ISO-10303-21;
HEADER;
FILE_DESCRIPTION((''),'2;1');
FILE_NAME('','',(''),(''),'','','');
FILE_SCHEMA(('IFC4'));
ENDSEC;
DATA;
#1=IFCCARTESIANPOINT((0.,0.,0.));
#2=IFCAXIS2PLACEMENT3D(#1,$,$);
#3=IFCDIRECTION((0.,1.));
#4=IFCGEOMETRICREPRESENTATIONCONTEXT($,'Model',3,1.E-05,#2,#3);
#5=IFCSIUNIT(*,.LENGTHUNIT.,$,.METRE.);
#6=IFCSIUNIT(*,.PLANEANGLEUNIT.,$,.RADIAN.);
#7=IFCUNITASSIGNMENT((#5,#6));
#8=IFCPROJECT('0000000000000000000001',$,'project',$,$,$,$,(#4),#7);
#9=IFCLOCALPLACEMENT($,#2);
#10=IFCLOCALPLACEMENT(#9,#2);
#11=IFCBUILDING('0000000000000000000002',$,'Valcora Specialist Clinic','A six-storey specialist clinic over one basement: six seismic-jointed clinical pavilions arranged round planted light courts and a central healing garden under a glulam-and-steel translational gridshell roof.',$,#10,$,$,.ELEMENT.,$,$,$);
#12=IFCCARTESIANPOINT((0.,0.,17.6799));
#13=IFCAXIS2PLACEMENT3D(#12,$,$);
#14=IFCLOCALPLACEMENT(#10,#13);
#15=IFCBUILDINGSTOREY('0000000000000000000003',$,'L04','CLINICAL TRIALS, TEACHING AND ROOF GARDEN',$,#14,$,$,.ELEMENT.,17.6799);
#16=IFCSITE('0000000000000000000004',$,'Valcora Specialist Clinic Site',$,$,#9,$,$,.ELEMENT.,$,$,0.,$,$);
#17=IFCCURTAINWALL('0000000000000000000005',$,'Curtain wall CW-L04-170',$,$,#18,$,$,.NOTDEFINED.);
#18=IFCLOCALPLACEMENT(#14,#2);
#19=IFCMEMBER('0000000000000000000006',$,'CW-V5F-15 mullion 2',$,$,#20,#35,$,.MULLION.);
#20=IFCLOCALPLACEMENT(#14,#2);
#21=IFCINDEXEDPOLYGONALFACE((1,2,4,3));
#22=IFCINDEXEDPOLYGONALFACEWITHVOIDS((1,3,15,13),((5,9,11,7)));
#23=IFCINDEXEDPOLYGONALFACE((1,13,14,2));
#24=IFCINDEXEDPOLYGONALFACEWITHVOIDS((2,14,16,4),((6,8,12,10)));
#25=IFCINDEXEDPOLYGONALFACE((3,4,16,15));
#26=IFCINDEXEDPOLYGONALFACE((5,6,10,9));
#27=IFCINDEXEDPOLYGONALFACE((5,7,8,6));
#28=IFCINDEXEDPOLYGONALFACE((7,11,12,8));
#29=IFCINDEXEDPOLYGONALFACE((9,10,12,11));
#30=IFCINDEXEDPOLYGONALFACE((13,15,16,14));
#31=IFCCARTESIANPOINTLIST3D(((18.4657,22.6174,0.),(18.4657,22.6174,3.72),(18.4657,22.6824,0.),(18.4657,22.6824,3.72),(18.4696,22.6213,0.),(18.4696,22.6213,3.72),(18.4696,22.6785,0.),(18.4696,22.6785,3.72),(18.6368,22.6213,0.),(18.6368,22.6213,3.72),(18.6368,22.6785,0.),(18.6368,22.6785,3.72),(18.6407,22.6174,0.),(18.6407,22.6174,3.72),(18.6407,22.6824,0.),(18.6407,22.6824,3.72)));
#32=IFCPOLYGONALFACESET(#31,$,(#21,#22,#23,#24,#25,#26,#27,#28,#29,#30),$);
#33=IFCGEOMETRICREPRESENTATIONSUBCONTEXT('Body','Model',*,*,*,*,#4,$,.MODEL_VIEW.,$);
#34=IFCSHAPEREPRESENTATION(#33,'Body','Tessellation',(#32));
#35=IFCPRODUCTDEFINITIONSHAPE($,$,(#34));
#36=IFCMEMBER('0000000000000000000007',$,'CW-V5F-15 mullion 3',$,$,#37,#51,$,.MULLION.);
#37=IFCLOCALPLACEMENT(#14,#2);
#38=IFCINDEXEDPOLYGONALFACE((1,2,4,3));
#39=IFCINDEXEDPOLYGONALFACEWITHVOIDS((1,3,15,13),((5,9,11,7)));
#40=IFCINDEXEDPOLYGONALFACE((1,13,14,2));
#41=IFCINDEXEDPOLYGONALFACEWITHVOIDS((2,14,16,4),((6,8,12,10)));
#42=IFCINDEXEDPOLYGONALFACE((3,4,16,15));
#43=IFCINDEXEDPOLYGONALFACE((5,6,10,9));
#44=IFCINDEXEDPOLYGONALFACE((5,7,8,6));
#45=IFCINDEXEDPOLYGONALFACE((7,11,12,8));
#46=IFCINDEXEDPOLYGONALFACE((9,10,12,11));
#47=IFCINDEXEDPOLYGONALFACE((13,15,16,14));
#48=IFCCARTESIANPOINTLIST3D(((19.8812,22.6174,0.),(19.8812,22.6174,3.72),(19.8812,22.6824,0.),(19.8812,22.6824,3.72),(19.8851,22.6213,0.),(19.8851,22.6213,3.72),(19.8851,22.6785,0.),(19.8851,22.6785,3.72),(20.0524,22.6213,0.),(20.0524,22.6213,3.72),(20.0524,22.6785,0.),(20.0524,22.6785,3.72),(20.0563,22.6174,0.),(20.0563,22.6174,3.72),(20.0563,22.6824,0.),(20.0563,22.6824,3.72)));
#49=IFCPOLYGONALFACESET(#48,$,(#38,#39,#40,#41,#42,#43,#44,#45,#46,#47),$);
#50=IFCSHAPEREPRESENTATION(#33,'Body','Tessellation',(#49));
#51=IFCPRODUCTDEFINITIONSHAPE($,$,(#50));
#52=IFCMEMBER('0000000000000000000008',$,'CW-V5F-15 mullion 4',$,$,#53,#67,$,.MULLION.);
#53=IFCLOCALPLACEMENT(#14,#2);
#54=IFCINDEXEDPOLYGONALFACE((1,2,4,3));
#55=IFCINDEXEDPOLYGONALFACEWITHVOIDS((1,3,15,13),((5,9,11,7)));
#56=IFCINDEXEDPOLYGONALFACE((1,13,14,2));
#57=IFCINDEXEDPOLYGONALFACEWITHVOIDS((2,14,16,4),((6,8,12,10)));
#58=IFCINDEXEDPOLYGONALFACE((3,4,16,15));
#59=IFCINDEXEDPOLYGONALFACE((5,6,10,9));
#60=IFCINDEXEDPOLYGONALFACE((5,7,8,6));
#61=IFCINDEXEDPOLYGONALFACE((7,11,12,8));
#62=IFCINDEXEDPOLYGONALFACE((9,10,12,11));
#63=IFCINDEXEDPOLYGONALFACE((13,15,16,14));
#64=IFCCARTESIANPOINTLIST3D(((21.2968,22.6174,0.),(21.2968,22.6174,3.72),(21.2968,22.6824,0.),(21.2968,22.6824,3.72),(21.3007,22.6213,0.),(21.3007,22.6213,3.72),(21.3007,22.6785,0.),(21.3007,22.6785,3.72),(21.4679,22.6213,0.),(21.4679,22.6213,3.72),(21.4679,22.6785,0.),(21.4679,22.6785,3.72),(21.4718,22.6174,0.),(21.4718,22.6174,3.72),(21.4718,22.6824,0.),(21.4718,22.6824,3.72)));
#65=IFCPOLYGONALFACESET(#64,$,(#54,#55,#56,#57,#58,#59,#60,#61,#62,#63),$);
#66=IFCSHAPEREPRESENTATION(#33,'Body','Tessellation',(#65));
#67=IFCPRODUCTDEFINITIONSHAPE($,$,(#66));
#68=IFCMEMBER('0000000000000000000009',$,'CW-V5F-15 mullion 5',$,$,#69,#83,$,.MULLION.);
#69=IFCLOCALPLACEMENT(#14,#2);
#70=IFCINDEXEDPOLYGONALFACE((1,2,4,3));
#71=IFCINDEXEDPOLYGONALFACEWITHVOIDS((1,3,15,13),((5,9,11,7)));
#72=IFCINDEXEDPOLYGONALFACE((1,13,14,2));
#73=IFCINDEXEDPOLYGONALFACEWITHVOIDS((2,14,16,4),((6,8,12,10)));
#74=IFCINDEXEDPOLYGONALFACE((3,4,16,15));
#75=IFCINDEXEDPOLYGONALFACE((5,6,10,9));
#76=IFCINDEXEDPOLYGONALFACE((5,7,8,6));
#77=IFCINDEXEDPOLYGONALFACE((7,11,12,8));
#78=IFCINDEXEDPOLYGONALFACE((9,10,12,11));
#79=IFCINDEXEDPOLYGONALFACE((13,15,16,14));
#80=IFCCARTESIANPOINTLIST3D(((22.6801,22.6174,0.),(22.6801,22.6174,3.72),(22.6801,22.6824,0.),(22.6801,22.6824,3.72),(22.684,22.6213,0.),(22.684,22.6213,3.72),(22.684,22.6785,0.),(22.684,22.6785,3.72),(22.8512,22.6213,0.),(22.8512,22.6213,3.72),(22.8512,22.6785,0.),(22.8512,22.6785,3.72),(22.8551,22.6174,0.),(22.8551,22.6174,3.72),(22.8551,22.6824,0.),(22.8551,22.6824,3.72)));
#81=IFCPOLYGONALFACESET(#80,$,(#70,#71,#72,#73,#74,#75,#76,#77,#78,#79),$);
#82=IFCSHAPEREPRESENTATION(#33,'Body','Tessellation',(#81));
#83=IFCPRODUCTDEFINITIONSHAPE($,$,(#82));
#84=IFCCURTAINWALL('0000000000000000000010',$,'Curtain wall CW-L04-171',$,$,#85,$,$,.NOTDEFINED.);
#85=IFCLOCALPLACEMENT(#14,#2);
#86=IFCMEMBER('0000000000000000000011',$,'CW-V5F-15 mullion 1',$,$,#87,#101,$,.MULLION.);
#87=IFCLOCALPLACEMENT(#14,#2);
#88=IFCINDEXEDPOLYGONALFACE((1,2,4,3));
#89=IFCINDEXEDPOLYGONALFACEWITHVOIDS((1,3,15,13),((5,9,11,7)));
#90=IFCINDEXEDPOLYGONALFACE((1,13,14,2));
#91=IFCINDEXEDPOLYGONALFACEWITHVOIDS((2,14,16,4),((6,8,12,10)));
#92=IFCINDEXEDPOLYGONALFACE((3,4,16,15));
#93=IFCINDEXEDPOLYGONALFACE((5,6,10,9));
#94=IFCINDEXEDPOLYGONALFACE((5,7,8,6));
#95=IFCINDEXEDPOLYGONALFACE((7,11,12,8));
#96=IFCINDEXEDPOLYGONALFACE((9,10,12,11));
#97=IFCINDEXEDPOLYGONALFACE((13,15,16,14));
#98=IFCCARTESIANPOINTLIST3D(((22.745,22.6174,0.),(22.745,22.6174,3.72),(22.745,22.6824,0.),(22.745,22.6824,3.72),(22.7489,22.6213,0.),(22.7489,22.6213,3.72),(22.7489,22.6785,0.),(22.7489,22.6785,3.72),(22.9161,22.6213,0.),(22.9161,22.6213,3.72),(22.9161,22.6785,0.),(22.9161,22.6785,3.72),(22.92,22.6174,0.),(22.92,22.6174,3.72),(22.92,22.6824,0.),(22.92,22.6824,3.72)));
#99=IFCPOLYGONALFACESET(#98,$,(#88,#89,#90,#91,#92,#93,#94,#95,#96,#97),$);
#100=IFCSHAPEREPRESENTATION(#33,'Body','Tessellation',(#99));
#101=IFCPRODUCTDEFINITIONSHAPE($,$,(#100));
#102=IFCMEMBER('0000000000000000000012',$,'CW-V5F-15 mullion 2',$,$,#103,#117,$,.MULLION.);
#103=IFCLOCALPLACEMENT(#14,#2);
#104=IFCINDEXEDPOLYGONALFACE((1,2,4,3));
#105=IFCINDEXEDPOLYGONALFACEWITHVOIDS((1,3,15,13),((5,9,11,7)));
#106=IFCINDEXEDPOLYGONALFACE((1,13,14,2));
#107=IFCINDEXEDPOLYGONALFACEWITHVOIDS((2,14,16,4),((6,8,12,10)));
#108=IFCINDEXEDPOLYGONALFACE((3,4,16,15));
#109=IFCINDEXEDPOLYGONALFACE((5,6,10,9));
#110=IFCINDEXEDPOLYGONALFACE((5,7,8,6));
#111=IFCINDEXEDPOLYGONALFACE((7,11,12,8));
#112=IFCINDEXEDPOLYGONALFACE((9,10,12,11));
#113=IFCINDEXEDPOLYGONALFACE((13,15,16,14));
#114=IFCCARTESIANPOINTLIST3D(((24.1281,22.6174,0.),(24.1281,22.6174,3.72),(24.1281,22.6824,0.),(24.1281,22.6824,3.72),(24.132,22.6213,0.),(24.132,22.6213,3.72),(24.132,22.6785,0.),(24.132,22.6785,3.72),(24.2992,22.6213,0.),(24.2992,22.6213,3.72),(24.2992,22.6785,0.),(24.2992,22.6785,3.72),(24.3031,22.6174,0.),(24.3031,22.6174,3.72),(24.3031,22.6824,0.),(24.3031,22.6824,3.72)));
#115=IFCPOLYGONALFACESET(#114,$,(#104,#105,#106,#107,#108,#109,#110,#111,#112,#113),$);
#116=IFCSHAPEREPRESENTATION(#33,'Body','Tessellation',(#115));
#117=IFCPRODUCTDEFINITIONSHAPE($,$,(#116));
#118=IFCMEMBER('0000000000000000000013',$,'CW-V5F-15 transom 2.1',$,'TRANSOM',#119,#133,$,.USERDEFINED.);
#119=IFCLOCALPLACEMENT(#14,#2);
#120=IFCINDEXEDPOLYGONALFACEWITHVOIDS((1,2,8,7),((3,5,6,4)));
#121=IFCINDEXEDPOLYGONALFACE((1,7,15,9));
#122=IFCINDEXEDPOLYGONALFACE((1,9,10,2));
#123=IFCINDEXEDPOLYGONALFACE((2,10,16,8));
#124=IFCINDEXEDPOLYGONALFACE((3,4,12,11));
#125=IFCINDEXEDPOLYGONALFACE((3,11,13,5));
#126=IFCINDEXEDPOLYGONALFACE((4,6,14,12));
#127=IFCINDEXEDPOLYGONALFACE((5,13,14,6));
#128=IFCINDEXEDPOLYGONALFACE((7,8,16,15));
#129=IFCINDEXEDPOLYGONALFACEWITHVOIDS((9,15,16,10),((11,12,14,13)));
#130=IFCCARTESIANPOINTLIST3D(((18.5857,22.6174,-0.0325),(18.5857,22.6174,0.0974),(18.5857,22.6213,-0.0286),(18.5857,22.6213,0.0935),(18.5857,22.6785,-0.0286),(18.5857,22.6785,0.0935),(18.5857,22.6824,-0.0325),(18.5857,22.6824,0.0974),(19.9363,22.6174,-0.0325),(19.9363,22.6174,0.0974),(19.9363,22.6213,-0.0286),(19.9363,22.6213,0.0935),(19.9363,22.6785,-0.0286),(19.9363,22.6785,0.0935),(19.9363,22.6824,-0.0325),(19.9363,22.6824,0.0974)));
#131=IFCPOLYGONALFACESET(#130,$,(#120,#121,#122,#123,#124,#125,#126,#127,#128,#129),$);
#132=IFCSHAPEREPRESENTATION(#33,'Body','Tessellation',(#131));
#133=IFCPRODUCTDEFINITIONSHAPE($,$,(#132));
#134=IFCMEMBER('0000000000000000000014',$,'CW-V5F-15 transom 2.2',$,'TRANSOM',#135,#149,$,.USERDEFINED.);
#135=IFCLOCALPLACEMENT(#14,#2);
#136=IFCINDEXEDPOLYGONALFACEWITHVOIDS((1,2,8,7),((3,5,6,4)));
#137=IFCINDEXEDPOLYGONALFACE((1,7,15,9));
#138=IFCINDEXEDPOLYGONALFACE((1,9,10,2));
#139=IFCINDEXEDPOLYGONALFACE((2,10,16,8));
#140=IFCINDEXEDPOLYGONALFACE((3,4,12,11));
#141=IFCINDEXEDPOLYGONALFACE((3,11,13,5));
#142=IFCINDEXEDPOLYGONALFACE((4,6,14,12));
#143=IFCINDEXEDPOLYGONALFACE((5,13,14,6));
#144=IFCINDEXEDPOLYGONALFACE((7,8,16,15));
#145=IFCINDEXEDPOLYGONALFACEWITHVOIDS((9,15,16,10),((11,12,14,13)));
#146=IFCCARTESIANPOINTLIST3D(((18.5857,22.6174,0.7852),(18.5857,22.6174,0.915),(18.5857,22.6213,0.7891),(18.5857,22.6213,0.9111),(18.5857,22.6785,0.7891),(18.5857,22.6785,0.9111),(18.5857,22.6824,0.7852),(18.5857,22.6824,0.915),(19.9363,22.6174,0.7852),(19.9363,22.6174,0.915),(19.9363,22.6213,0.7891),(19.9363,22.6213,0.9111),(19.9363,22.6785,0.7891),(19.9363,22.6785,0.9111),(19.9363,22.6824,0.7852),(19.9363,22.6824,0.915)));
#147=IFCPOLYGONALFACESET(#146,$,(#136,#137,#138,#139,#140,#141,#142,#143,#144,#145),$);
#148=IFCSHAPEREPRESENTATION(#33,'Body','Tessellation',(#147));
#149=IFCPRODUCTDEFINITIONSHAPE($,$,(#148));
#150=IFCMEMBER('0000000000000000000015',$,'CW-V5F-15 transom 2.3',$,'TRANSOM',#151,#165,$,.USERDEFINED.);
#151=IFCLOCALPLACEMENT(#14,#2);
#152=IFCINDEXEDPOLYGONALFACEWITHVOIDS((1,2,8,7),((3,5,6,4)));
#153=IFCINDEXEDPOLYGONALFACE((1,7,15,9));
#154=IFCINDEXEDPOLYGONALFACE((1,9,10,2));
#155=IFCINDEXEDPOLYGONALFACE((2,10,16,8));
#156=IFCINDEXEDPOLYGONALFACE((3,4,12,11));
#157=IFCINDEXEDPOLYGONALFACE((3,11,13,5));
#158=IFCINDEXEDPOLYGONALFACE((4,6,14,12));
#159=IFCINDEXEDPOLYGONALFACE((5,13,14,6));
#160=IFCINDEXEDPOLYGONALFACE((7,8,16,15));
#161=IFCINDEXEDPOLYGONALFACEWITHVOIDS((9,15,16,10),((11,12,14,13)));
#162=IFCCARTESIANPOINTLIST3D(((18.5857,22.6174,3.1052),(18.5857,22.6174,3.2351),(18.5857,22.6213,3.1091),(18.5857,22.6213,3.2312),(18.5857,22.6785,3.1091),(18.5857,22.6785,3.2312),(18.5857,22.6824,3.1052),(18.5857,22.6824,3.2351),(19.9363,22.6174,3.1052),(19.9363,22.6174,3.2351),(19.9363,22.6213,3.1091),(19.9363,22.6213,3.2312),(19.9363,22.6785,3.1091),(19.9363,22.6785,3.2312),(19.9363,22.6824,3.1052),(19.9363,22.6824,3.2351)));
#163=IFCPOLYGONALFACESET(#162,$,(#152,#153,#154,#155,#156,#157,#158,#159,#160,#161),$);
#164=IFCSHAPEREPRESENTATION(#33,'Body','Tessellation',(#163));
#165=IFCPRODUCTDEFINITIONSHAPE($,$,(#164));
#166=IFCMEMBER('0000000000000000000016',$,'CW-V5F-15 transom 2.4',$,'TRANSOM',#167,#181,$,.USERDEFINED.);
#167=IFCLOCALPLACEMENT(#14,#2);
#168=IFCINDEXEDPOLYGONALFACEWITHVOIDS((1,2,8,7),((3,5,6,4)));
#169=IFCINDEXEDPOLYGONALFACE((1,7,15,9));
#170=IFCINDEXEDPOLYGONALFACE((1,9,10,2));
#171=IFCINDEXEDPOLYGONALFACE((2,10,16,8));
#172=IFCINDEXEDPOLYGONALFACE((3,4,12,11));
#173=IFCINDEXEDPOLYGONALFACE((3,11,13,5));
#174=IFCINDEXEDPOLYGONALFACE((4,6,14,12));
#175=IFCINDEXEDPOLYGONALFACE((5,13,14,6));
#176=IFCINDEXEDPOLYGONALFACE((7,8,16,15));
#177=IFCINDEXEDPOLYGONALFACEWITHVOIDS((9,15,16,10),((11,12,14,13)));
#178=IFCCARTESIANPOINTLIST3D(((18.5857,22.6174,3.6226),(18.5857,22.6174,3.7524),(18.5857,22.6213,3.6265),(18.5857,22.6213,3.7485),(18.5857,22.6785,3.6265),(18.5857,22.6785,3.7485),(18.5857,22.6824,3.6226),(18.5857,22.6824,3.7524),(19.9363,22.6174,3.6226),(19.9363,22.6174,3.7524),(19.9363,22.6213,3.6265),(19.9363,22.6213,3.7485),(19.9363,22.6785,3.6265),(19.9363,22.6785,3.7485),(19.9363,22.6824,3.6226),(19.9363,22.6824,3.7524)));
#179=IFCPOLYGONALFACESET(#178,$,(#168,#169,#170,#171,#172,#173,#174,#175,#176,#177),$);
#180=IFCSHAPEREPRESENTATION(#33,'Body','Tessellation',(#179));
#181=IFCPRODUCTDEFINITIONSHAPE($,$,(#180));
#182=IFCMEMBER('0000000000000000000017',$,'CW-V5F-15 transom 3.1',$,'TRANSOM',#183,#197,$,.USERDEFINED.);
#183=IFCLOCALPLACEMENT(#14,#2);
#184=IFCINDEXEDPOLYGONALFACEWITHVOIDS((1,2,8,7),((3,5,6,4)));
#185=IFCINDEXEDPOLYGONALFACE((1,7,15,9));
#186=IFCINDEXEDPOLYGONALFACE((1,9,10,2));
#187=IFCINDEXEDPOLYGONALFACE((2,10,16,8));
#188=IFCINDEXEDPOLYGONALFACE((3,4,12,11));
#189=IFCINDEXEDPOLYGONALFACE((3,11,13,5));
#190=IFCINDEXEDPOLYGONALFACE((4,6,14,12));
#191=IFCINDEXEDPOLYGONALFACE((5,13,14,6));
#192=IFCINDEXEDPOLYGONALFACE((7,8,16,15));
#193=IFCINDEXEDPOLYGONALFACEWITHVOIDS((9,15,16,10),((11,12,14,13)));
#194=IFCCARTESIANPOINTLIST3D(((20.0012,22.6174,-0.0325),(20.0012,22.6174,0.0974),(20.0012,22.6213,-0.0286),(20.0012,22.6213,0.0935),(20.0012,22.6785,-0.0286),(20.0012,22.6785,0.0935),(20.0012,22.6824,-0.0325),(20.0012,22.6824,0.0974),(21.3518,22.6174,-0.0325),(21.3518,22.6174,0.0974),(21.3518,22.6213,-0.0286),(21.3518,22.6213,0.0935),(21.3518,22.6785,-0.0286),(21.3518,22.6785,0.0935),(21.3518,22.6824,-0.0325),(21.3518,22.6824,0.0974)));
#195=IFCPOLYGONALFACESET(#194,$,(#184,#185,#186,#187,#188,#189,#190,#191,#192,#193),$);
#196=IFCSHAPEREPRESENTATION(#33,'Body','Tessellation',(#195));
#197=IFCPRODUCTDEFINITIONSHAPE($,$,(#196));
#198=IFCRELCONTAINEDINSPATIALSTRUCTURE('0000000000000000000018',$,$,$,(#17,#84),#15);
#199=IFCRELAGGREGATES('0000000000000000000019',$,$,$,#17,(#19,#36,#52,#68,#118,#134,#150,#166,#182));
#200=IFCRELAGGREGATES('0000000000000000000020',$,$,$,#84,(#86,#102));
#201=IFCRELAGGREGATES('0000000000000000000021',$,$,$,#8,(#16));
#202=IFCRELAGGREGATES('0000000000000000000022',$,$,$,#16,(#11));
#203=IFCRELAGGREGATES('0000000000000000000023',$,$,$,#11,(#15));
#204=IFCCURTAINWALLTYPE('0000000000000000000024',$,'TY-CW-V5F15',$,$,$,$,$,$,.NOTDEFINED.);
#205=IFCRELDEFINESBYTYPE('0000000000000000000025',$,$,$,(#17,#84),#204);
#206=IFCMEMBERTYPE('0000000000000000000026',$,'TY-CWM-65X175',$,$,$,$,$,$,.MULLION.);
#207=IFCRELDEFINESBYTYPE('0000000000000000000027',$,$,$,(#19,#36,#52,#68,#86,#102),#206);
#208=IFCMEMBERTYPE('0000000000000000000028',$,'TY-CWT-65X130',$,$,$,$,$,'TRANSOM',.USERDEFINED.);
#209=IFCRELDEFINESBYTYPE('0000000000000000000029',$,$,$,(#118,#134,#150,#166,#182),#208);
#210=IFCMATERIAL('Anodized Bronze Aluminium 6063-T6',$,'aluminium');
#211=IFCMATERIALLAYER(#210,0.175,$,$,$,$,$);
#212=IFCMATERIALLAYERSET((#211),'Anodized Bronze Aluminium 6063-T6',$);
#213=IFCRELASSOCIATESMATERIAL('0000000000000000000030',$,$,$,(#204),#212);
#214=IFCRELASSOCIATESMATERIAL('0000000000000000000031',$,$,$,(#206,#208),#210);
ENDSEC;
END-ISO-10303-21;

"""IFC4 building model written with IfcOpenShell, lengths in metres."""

from ifc_helpers import new_model, si_unit, direction, frame, origin, origin_2d, place, context, subcontext, project, spatial, hollow_rectangle, extrude, material, layer, layer_set, material_profile, profile_set, type_object, element, aggregate, save


model = new_model("IFC4")

# Units and contexts
model_context = context("Model", 3, precision=1e-05, world=origin(), true_north=direction((0.0, 1.0)))
body_context = subcontext(model_context, "Body", "Model", "MODEL_VIEW")
ifc_project = project(units=[si_unit("LENGTHUNIT", "METRE"), si_unit("PLANEANGLEUNIT", "RADIAN")], contexts=[model_context])

# Site, building, storey
site_placement = place(None, origin())
site = spatial("IfcSite", under=ifc_project, at=site_placement, Name="Valcora Specialist Clinic Site", CompositionType="ELEMENT", RefElevation=0.0)
building_placement = place(site_placement, origin())
building = spatial("IfcBuilding", under=site, at=building_placement, Name="Valcora Specialist Clinic", Description="A six-storey specialist clinic over one basement: six seismic-jointed clinical pavilions arranged round planted light courts and a central healing garden under a glulam-and-steel translational gridshell roof.", CompositionType="ELEMENT")
storey_placement = place(building_placement, frame((0.0, 0.0, 17.6799)))
storey = spatial("IfcBuildingStorey", under=building, at=storey_placement, Name="L04", Description="CLINICAL TRIALS, TEACHING AND ROOF GARDEN", CompositionType="ELEMENT", Elevation=17.6799)

# Curtain walls, members
ifc_material_1 = material(Name="Anodized Bronze Aluminium 6063-T6", Category="aluminium")
ifc_layer_1 = layer(ifc_material_1, 0.175)
ifc_layer_set_1 = layer_set([ifc_layer_1], Name="Anodized Bronze Aluminium 6063-T6")
curtain_wall_type = type_object("IfcCurtainWallType", Name="TY-CW-V5F15", PredefinedType="NOTDEFINED", material=ifc_layer_set_1)
curtain_wall_1_placement = place(storey_placement, origin())
curtain_wall_1 = element("IfcCurtainWall", 1, at=curtain_wall_1_placement, inside=storey, type_object=curtain_wall_type, Name="Curtain wall CW-L04-170", PredefinedType="NOTDEFINED")
ifc_material_profile_1 = material_profile(ifc_material_1, hollow_rectangle(XDim=0.0649, YDim=0.175, WallThickness=0.0039, at=origin_2d()), Name="AL-MUL-65X175")
ifc_profile_set_1 = profile_set([ifc_material_profile_1], Name="Anodized Bronze Aluminium 6063-T6")
member_type_1 = type_object("IfcMemberType", Name="TY-CWM-65X175", PredefinedType="MULLION", material=ifc_profile_set_1)
member_1_placement = place(storey_placement, frame((18.5532, 22.6499, 0.0), z_axis=(0.0, 0.0, 1.0), x_axis=(0.0, 1.0, 0.0)))
member_1 = element("IfcMember", 2, at=member_1_placement, type_object=member_type_1, Name="CW-V5F-15 mullion 2", PredefinedType="MULLION", context=body_context, shape_type="SweptSolid", body=[
    extrude(hollow_rectangle(XDim=0.0649, YDim=0.175, WallThickness=0.0039, at=origin_2d()), origin(), (0.0, 0.0, 1.0), 3.72),
])
member_2_placement = place(storey_placement, frame((19.9688, 22.6499, 0.0), z_axis=(0.0, 0.0, 1.0), x_axis=(0.0, 1.0, 0.0)))
member_2 = element("IfcMember", 3, at=member_2_placement, type_object=member_type_1, Name="CW-V5F-15 mullion 3", PredefinedType="MULLION", context=body_context, shape_type="SweptSolid", body=[
    extrude(hollow_rectangle(XDim=0.0649, YDim=0.175, WallThickness=0.0039, at=origin_2d()), origin(), (0.0, 0.0, 1.0), 3.72),
])
member_3_placement = place(storey_placement, frame((21.3843, 22.6499, 0.0), z_axis=(0.0, 0.0, 1.0), x_axis=(0.0, 1.0, 0.0)))
member_3 = element("IfcMember", 4, at=member_3_placement, type_object=member_type_1, Name="CW-V5F-15 mullion 4", PredefinedType="MULLION", context=body_context, shape_type="SweptSolid", body=[
    extrude(hollow_rectangle(XDim=0.0649, YDim=0.175, WallThickness=0.0039, at=origin_2d()), origin(), (0.0, 0.0, 1.0), 3.72),
])
member_4_placement = place(storey_placement, frame((22.7676, 22.6499, 0.0), z_axis=(0.0, 0.0, 1.0), x_axis=(0.0, 1.0, 0.0)))
member_4 = element("IfcMember", 5, at=member_4_placement, type_object=member_type_1, Name="CW-V5F-15 mullion 5", PredefinedType="MULLION", context=body_context, shape_type="SweptSolid", body=[
    extrude(hollow_rectangle(XDim=0.0649, YDim=0.175, WallThickness=0.0039, at=origin_2d()), origin(), (0.0, 0.0, 1.0), 3.72),
])
curtain_wall_2_placement = place(storey_placement, origin())
curtain_wall_2 = element("IfcCurtainWall", 6, at=curtain_wall_2_placement, inside=storey, type_object=curtain_wall_type, Name="Curtain wall CW-L04-171", PredefinedType="NOTDEFINED")
member_5_placement = place(storey_placement, frame((22.8325, 22.6499, 0.0), z_axis=(0.0, 0.0, 1.0), x_axis=(0.0, 1.0, 0.0)))
member_5 = element("IfcMember", 7, at=member_5_placement, type_object=member_type_1, Name="CW-V5F-15 mullion 1", PredefinedType="MULLION", context=body_context, shape_type="SweptSolid", body=[
    extrude(hollow_rectangle(XDim=0.0649, YDim=0.175, WallThickness=0.0039, at=origin_2d()), origin(), (0.0, 0.0, 1.0), 3.72),
])
member_6_placement = place(storey_placement, frame((24.2156, 22.6499, 0.0), z_axis=(0.0, 0.0, 1.0), x_axis=(0.0, 1.0, 0.0)))
member_6 = element("IfcMember", 8, at=member_6_placement, type_object=member_type_1, Name="CW-V5F-15 mullion 2", PredefinedType="MULLION", context=body_context, shape_type="SweptSolid", body=[
    extrude(hollow_rectangle(XDim=0.0649, YDim=0.175, WallThickness=0.0039, at=origin_2d()), origin(), (0.0, 0.0, 1.0), 3.72),
])

# Members
ifc_material_profile_2 = material_profile(ifc_material_1, hollow_rectangle(XDim=0.0649, YDim=0.1299, WallThickness=0.0039, at=origin_2d()), Name="AL-TRN-65X130")
ifc_profile_set_2 = profile_set([ifc_material_profile_2], Name="Anodized Bronze Aluminium 6063-T6")
member_type_2 = type_object("IfcMemberType", Name="TY-CWT-65X130", ElementType="TRANSOM", PredefinedType="USERDEFINED", material=ifc_profile_set_2)
member_7_placement = place(storey_placement, frame((18.5857, 22.6499, 0.0325), z_axis=(1.0, 0.0, 0.0), x_axis=(0.0, 1.0, 0.0)))
member_7 = element("IfcMember", 9, at=member_7_placement, type_object=member_type_2, Name="CW-V5F-15 transom 2.1", ObjectType="TRANSOM", PredefinedType="USERDEFINED", context=body_context, shape_type="SweptSolid", body=[
    extrude(hollow_rectangle(XDim=0.0649, YDim=0.1299, WallThickness=0.0039, at=origin_2d()), origin(), (0.0, 0.0, 1.0), 1.3506),
])
member_8_placement = place(storey_placement, frame((18.5857, 22.6499, 0.8501), z_axis=(1.0, 0.0, 0.0), x_axis=(0.0, 1.0, 0.0)))
member_8 = element("IfcMember", 10, at=member_8_placement, type_object=member_type_2, Name="CW-V5F-15 transom 2.2", ObjectType="TRANSOM", PredefinedType="USERDEFINED", context=body_context, shape_type="SweptSolid", body=[
    extrude(hollow_rectangle(XDim=0.0649, YDim=0.1299, WallThickness=0.0039, at=origin_2d()), origin(), (0.0, 0.0, 1.0), 1.3506),
])
member_9_placement = place(storey_placement, frame((18.5857, 22.6499, 3.1702), z_axis=(1.0, 0.0, 0.0), x_axis=(0.0, 1.0, 0.0)))
member_9 = element("IfcMember", 11, at=member_9_placement, type_object=member_type_2, Name="CW-V5F-15 transom 2.3", ObjectType="TRANSOM", PredefinedType="USERDEFINED", context=body_context, shape_type="SweptSolid", body=[
    extrude(hollow_rectangle(XDim=0.0649, YDim=0.1299, WallThickness=0.0039, at=origin_2d()), origin(), (0.0, 0.0, 1.0), 1.3506),
])
member_10_placement = place(storey_placement, frame((18.5857, 22.6499, 3.6875), z_axis=(1.0, 0.0, 0.0), x_axis=(0.0, 1.0, 0.0)))
member_10 = element("IfcMember", 12, at=member_10_placement, type_object=member_type_2, Name="CW-V5F-15 transom 2.4", ObjectType="TRANSOM", PredefinedType="USERDEFINED", context=body_context, shape_type="SweptSolid", body=[
    extrude(hollow_rectangle(XDim=0.0649, YDim=0.1299, WallThickness=0.0039, at=origin_2d()), origin(), (0.0, 0.0, 1.0), 1.3506),
])
member_11_placement = place(storey_placement, frame((20.0012, 22.6499, 0.0325), z_axis=(1.0, 0.0, 0.0), x_axis=(0.0, 1.0, 0.0)))
member_11 = element("IfcMember", 13, at=member_11_placement, type_object=member_type_2, Name="CW-V5F-15 transom 3.1", ObjectType="TRANSOM", PredefinedType="USERDEFINED", context=body_context, shape_type="SweptSolid", body=[
    extrude(hollow_rectangle(XDim=0.0649, YDim=0.1299, WallThickness=0.0039, at=origin_2d()), origin(), (0.0, 0.0, 1.0), 1.3506),
])

aggregate(curtain_wall_1, [member_1, member_2, member_3, member_4, member_7, member_8, member_9, member_10, member_11])
aggregate(curtain_wall_2, [member_5, member_6])

save(model, "model.ifc")
